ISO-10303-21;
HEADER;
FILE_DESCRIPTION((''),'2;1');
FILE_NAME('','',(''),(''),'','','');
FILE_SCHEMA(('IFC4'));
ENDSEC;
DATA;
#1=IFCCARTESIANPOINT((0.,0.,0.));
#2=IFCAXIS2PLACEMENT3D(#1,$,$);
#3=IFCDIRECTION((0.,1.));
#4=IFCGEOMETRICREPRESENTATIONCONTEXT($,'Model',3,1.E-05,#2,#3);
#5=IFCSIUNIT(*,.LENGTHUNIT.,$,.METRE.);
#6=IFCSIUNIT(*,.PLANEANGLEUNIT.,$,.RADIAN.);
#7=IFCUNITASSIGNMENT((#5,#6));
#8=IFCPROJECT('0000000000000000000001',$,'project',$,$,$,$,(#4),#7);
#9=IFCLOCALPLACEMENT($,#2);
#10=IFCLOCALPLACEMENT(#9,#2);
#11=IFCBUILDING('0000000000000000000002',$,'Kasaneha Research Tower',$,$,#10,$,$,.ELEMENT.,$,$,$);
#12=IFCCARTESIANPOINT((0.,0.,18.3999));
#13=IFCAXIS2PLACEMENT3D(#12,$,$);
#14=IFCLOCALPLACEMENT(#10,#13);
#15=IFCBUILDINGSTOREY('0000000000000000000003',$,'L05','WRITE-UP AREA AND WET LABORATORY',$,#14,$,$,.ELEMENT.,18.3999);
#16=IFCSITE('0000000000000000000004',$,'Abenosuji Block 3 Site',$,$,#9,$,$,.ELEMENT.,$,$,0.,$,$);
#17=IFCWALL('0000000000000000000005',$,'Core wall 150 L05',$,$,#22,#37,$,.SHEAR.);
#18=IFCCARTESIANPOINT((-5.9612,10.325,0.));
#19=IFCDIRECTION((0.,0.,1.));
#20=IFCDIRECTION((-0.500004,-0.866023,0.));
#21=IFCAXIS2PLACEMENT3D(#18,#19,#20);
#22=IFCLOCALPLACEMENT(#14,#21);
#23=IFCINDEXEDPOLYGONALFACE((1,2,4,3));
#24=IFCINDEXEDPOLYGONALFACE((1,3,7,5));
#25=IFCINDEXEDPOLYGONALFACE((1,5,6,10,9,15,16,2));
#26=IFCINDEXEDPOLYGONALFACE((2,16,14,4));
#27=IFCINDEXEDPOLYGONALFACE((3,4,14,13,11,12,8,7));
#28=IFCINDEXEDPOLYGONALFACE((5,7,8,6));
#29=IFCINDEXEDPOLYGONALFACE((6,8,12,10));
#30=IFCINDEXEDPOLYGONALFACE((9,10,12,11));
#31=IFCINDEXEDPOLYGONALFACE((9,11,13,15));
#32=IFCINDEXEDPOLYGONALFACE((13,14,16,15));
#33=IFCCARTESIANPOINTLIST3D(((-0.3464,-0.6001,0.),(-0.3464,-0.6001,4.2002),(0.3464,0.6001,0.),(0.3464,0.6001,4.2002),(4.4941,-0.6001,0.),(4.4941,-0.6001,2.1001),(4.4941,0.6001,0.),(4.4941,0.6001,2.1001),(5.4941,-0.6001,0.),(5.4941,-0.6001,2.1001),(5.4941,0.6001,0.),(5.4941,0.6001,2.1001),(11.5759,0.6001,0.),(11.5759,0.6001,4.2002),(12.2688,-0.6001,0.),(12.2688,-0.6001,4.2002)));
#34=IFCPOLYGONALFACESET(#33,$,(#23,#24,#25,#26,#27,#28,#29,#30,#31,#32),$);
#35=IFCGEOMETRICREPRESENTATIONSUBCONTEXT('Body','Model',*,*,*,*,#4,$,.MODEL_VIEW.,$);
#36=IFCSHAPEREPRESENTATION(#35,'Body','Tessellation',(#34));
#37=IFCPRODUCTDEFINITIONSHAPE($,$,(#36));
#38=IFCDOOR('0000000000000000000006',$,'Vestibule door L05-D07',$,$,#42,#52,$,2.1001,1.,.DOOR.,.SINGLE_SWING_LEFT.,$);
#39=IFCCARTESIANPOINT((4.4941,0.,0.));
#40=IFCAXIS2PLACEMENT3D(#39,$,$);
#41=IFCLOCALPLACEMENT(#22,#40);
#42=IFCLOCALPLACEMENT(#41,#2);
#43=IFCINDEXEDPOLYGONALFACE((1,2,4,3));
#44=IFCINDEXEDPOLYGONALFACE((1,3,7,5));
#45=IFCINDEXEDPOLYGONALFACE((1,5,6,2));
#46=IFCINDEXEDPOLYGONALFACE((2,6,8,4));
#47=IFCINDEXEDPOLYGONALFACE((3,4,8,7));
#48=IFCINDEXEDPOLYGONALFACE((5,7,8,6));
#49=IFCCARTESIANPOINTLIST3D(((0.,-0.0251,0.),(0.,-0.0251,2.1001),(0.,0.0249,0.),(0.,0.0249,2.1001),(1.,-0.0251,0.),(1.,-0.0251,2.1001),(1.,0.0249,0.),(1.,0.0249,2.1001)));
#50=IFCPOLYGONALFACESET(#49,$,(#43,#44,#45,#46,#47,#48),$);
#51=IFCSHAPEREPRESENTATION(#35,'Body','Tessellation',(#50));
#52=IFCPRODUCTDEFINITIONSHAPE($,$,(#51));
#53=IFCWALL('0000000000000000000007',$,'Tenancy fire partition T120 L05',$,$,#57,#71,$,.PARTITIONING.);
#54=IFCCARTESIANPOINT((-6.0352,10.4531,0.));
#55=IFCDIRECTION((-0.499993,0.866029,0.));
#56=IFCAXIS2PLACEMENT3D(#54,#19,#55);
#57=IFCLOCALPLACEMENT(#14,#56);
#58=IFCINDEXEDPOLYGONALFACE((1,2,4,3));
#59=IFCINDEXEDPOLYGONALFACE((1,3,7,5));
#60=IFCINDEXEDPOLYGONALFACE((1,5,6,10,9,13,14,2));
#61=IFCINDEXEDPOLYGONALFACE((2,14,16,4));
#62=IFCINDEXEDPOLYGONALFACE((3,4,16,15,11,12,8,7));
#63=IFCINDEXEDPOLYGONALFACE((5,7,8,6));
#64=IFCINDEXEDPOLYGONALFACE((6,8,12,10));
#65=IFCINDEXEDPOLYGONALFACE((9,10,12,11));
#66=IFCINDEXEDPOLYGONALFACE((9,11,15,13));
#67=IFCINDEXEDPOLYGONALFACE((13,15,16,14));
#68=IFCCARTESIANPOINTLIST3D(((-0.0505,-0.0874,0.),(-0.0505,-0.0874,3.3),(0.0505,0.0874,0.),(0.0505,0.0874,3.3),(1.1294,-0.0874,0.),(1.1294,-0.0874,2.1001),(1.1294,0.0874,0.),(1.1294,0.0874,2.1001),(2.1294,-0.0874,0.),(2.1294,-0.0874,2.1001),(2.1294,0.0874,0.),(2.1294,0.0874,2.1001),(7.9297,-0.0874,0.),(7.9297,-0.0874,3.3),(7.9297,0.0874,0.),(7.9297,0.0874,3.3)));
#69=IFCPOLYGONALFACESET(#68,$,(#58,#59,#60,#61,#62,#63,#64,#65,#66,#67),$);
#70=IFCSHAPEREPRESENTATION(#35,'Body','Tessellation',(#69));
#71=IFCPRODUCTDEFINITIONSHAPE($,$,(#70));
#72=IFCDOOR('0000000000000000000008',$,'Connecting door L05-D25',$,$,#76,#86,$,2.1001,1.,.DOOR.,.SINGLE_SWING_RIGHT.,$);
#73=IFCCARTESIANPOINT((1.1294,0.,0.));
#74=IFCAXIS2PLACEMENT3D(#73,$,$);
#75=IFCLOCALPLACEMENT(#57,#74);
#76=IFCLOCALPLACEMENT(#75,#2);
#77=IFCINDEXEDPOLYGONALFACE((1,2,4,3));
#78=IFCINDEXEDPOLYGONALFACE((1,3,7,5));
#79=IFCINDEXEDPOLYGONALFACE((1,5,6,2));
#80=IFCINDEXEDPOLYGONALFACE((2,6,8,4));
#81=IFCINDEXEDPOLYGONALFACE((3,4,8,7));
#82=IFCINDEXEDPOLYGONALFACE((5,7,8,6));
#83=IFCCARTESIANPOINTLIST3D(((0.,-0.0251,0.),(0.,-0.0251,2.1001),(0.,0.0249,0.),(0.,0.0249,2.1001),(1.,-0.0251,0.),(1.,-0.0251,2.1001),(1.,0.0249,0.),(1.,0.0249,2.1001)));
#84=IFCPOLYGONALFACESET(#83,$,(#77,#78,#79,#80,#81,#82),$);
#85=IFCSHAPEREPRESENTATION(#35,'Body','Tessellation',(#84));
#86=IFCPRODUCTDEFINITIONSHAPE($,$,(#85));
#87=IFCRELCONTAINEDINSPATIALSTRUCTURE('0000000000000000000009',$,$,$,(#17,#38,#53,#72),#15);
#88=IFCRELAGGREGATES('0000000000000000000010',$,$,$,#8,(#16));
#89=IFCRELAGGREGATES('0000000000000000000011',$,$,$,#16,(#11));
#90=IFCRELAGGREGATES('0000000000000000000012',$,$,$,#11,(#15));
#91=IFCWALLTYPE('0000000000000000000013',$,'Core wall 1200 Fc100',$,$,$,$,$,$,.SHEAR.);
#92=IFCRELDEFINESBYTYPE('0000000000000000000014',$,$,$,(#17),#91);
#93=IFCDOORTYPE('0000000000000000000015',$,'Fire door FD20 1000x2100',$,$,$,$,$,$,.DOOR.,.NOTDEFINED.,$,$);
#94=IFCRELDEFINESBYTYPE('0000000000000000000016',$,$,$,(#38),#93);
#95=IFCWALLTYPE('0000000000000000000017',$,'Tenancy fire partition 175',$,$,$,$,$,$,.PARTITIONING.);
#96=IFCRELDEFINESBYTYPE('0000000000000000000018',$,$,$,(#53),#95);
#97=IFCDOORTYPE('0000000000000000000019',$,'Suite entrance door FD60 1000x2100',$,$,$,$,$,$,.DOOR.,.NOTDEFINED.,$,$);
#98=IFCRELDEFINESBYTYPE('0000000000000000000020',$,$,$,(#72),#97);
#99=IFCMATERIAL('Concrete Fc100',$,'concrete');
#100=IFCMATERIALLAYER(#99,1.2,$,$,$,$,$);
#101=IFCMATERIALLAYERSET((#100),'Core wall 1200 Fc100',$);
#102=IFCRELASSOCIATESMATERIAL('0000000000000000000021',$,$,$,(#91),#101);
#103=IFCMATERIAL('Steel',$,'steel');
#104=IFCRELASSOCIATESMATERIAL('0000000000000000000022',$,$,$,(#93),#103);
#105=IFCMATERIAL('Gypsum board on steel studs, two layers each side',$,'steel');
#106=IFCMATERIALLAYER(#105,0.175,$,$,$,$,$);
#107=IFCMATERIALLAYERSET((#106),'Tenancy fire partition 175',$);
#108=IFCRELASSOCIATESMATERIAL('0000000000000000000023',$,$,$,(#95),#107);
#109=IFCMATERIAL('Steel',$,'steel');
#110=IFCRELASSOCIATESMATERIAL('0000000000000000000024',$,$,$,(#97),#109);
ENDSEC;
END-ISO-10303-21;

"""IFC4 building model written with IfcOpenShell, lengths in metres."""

from ifc_helpers import new_model, si_unit, direction, frame, frame_2d, origin, place, context, subcontext, project, spatial, polyline, rectangle, outline, extrude, material, layer, layer_set, type_object, element, fill, save


model = new_model("IFC4")

# Units and contexts
model_context = context("Model", 3, precision=1e-05, world=origin(), true_north=direction((0.0, 1.0)))
body_context = subcontext(model_context, "Body", "Model", "MODEL_VIEW")
ifc_project = project(units=[si_unit("LENGTHUNIT", "METRE"), si_unit("PLANEANGLEUNIT", "RADIAN")], contexts=[model_context])

# Site, building, storey
site_placement = place(None, origin())
site = spatial("IfcSite", under=ifc_project, at=site_placement, Name="Abenosuji Block 3 Site", CompositionType="ELEMENT", RefElevation=0.0)
building_placement = place(site_placement, origin())
building = spatial("IfcBuilding", under=site, at=building_placement, Name="Kasaneha Research Tower", CompositionType="ELEMENT")
storey_placement = place(building_placement, frame((0.0, 0.0, 18.3999)))
storey = spatial("IfcBuildingStorey", under=building, at=storey_placement, Name="L05", Description="WRITE-UP AREA AND WET LABORATORY", CompositionType="ELEMENT", Elevation=18.3999)

# Wall, opening, door
ifc_material_1 = material(Name="Concrete Fc100", Category="concrete")
ifc_layer_1 = layer(ifc_material_1, 1.2)
ifc_layer_set_1 = layer_set([ifc_layer_1], Name="Core wall 1200 Fc100")
wall_type_1 = type_object("IfcWallType", Name="Core wall 1200 Fc100", PredefinedType="SHEAR", material=ifc_layer_set_1)
wall_1_placement = place(storey_placement, frame((-5.9612, 10.325, 0.0), z_axis=(0.0, 0.0, 1.0), x_axis=(-0.500004, -0.866023, 0.0)))
wall_1 = element("IfcWall", 1, at=wall_1_placement, inside=storey, type_object=wall_type_1, Name="Core wall 150 L05", PredefinedType="SHEAR", context=body_context, shape_type="SweptSolid", body=[
    extrude(outline(polyline([(-0.3464, -0.6001), (4.4941, -0.6001), (5.4941, -0.6001), (12.2688, -0.6001), (11.5759, 0.6001), (5.4941, 0.6001), (4.4941, 0.6001), (0.3464, 0.6001), (-0.3464, -0.6001)])), origin(), (0.0, 0.0, 1.0), 4.2002),
])
opening_1_placement = place(wall_1_placement, frame((4.4941, 0.0, 0.0)))
opening_1 = element("IfcOpeningElement", 2, at=opening_1_placement, cuts=wall_1, PredefinedType="OPENING", context=body_context, shape_type="SweptSolid", body=[
    extrude(rectangle(XDim=1.0, YDim=2.1001, at=frame_2d((0.5, 1.05))), frame((0.0, 0.6099, 0.0), z_axis=(0.0, -1.0, 0.0), x_axis=(1.0, 0.0, 0.0)), (0.0, 0.0, 1.0), 1.22),
])
ifc_material_2 = material(Name="Steel", Category="steel")
door_type_1 = type_object("IfcDoorType", Name="Fire door FD20 1000x2100", OperationType="NOTDEFINED", PredefinedType="DOOR", material=ifc_material_2)
door_1_placement = place(opening_1_placement, origin())
door_1 = element("IfcDoor", 3, at=door_1_placement, inside=storey, type_object=door_type_1, Name="Vestibule door L05-D07", OperationType="SINGLE_SWING_LEFT", OverallHeight=2.1001, OverallWidth=1.0, PredefinedType="DOOR", context=body_context, shape_type="SweptSolid", body=[
    extrude(rectangle(XDim=1.0, YDim=2.1001, at=frame_2d((0.5, 1.05))), frame((0.0, 0.0249, 0.0), z_axis=(0.0, -1.0, 0.0), x_axis=(1.0, 0.0, 0.0)), (0.0, 0.0, 1.0), 0.05),
])
fill(opening_1, door_1)

# Wall, opening, door
ifc_material_3 = material(Name="Gypsum board on steel studs, two layers each side", Category="steel")
ifc_layer_2 = layer(ifc_material_3, 0.175)
ifc_layer_set_2 = layer_set([ifc_layer_2], Name="Tenancy fire partition 175")
wall_type_2 = type_object("IfcWallType", Name="Tenancy fire partition 175", PredefinedType="PARTITIONING", material=ifc_layer_set_2)
wall_2_placement = place(storey_placement, frame((-6.0352, 10.4531, 0.0), z_axis=(0.0, 0.0, 1.0), x_axis=(-0.499993, 0.866029, 0.0)))
wall_2 = element("IfcWall", 4, at=wall_2_placement, inside=storey, type_object=wall_type_2, Name="Tenancy fire partition T120 L05", PredefinedType="PARTITIONING", context=body_context, shape_type="SweptSolid", body=[
    extrude(outline(polyline([(-0.0505, -0.0874), (1.1294, -0.0874), (2.1294, -0.0874), (7.9297, -0.0874), (7.9297, 0.0874), (2.1294, 0.0874), (1.1294, 0.0874), (0.0505, 0.0874), (-0.0505, -0.0874)])), origin(), (0.0, 0.0, 1.0), 3.3),
])
opening_2_placement = place(wall_2_placement, frame((1.1294, 0.0, 0.0)))
opening_2 = element("IfcOpeningElement", 5, at=opening_2_placement, cuts=wall_2, PredefinedType="OPENING", context=body_context, shape_type="SweptSolid", body=[
    extrude(rectangle(XDim=1.0, YDim=2.1001, at=frame_2d((0.5, 1.05))), frame((0.0, 0.0977, 0.0), z_axis=(0.0, -1.0, 0.0), x_axis=(1.0, 0.0, 0.0)), (0.0, 0.0, 1.0), 0.1951),
])
ifc_material_4 = material(Name="Steel", Category="steel")
door_type_2 = type_object("IfcDoorType", Name="Suite entrance door FD60 1000x2100", OperationType="NOTDEFINED", PredefinedType="DOOR", material=ifc_material_4)
door_2_placement = place(opening_2_placement, origin())
door_2 = element("IfcDoor", 6, at=door_2_placement, inside=storey, type_object=door_type_2, Name="Connecting door L05-D25", OperationType="SINGLE_SWING_RIGHT", OverallHeight=2.1001, OverallWidth=1.0, PredefinedType="DOOR", context=body_context, shape_type="SweptSolid", body=[
    extrude(rectangle(XDim=1.0, YDim=2.1001, at=frame_2d((0.5, 1.05))), frame((0.0, 0.0249, 0.0), z_axis=(0.0, -1.0, 0.0), x_axis=(1.0, 0.0, 0.0)), (0.0, 0.0, 1.0), 0.05),
])
fill(opening_2, door_2)

save(model, "model.ifc")
